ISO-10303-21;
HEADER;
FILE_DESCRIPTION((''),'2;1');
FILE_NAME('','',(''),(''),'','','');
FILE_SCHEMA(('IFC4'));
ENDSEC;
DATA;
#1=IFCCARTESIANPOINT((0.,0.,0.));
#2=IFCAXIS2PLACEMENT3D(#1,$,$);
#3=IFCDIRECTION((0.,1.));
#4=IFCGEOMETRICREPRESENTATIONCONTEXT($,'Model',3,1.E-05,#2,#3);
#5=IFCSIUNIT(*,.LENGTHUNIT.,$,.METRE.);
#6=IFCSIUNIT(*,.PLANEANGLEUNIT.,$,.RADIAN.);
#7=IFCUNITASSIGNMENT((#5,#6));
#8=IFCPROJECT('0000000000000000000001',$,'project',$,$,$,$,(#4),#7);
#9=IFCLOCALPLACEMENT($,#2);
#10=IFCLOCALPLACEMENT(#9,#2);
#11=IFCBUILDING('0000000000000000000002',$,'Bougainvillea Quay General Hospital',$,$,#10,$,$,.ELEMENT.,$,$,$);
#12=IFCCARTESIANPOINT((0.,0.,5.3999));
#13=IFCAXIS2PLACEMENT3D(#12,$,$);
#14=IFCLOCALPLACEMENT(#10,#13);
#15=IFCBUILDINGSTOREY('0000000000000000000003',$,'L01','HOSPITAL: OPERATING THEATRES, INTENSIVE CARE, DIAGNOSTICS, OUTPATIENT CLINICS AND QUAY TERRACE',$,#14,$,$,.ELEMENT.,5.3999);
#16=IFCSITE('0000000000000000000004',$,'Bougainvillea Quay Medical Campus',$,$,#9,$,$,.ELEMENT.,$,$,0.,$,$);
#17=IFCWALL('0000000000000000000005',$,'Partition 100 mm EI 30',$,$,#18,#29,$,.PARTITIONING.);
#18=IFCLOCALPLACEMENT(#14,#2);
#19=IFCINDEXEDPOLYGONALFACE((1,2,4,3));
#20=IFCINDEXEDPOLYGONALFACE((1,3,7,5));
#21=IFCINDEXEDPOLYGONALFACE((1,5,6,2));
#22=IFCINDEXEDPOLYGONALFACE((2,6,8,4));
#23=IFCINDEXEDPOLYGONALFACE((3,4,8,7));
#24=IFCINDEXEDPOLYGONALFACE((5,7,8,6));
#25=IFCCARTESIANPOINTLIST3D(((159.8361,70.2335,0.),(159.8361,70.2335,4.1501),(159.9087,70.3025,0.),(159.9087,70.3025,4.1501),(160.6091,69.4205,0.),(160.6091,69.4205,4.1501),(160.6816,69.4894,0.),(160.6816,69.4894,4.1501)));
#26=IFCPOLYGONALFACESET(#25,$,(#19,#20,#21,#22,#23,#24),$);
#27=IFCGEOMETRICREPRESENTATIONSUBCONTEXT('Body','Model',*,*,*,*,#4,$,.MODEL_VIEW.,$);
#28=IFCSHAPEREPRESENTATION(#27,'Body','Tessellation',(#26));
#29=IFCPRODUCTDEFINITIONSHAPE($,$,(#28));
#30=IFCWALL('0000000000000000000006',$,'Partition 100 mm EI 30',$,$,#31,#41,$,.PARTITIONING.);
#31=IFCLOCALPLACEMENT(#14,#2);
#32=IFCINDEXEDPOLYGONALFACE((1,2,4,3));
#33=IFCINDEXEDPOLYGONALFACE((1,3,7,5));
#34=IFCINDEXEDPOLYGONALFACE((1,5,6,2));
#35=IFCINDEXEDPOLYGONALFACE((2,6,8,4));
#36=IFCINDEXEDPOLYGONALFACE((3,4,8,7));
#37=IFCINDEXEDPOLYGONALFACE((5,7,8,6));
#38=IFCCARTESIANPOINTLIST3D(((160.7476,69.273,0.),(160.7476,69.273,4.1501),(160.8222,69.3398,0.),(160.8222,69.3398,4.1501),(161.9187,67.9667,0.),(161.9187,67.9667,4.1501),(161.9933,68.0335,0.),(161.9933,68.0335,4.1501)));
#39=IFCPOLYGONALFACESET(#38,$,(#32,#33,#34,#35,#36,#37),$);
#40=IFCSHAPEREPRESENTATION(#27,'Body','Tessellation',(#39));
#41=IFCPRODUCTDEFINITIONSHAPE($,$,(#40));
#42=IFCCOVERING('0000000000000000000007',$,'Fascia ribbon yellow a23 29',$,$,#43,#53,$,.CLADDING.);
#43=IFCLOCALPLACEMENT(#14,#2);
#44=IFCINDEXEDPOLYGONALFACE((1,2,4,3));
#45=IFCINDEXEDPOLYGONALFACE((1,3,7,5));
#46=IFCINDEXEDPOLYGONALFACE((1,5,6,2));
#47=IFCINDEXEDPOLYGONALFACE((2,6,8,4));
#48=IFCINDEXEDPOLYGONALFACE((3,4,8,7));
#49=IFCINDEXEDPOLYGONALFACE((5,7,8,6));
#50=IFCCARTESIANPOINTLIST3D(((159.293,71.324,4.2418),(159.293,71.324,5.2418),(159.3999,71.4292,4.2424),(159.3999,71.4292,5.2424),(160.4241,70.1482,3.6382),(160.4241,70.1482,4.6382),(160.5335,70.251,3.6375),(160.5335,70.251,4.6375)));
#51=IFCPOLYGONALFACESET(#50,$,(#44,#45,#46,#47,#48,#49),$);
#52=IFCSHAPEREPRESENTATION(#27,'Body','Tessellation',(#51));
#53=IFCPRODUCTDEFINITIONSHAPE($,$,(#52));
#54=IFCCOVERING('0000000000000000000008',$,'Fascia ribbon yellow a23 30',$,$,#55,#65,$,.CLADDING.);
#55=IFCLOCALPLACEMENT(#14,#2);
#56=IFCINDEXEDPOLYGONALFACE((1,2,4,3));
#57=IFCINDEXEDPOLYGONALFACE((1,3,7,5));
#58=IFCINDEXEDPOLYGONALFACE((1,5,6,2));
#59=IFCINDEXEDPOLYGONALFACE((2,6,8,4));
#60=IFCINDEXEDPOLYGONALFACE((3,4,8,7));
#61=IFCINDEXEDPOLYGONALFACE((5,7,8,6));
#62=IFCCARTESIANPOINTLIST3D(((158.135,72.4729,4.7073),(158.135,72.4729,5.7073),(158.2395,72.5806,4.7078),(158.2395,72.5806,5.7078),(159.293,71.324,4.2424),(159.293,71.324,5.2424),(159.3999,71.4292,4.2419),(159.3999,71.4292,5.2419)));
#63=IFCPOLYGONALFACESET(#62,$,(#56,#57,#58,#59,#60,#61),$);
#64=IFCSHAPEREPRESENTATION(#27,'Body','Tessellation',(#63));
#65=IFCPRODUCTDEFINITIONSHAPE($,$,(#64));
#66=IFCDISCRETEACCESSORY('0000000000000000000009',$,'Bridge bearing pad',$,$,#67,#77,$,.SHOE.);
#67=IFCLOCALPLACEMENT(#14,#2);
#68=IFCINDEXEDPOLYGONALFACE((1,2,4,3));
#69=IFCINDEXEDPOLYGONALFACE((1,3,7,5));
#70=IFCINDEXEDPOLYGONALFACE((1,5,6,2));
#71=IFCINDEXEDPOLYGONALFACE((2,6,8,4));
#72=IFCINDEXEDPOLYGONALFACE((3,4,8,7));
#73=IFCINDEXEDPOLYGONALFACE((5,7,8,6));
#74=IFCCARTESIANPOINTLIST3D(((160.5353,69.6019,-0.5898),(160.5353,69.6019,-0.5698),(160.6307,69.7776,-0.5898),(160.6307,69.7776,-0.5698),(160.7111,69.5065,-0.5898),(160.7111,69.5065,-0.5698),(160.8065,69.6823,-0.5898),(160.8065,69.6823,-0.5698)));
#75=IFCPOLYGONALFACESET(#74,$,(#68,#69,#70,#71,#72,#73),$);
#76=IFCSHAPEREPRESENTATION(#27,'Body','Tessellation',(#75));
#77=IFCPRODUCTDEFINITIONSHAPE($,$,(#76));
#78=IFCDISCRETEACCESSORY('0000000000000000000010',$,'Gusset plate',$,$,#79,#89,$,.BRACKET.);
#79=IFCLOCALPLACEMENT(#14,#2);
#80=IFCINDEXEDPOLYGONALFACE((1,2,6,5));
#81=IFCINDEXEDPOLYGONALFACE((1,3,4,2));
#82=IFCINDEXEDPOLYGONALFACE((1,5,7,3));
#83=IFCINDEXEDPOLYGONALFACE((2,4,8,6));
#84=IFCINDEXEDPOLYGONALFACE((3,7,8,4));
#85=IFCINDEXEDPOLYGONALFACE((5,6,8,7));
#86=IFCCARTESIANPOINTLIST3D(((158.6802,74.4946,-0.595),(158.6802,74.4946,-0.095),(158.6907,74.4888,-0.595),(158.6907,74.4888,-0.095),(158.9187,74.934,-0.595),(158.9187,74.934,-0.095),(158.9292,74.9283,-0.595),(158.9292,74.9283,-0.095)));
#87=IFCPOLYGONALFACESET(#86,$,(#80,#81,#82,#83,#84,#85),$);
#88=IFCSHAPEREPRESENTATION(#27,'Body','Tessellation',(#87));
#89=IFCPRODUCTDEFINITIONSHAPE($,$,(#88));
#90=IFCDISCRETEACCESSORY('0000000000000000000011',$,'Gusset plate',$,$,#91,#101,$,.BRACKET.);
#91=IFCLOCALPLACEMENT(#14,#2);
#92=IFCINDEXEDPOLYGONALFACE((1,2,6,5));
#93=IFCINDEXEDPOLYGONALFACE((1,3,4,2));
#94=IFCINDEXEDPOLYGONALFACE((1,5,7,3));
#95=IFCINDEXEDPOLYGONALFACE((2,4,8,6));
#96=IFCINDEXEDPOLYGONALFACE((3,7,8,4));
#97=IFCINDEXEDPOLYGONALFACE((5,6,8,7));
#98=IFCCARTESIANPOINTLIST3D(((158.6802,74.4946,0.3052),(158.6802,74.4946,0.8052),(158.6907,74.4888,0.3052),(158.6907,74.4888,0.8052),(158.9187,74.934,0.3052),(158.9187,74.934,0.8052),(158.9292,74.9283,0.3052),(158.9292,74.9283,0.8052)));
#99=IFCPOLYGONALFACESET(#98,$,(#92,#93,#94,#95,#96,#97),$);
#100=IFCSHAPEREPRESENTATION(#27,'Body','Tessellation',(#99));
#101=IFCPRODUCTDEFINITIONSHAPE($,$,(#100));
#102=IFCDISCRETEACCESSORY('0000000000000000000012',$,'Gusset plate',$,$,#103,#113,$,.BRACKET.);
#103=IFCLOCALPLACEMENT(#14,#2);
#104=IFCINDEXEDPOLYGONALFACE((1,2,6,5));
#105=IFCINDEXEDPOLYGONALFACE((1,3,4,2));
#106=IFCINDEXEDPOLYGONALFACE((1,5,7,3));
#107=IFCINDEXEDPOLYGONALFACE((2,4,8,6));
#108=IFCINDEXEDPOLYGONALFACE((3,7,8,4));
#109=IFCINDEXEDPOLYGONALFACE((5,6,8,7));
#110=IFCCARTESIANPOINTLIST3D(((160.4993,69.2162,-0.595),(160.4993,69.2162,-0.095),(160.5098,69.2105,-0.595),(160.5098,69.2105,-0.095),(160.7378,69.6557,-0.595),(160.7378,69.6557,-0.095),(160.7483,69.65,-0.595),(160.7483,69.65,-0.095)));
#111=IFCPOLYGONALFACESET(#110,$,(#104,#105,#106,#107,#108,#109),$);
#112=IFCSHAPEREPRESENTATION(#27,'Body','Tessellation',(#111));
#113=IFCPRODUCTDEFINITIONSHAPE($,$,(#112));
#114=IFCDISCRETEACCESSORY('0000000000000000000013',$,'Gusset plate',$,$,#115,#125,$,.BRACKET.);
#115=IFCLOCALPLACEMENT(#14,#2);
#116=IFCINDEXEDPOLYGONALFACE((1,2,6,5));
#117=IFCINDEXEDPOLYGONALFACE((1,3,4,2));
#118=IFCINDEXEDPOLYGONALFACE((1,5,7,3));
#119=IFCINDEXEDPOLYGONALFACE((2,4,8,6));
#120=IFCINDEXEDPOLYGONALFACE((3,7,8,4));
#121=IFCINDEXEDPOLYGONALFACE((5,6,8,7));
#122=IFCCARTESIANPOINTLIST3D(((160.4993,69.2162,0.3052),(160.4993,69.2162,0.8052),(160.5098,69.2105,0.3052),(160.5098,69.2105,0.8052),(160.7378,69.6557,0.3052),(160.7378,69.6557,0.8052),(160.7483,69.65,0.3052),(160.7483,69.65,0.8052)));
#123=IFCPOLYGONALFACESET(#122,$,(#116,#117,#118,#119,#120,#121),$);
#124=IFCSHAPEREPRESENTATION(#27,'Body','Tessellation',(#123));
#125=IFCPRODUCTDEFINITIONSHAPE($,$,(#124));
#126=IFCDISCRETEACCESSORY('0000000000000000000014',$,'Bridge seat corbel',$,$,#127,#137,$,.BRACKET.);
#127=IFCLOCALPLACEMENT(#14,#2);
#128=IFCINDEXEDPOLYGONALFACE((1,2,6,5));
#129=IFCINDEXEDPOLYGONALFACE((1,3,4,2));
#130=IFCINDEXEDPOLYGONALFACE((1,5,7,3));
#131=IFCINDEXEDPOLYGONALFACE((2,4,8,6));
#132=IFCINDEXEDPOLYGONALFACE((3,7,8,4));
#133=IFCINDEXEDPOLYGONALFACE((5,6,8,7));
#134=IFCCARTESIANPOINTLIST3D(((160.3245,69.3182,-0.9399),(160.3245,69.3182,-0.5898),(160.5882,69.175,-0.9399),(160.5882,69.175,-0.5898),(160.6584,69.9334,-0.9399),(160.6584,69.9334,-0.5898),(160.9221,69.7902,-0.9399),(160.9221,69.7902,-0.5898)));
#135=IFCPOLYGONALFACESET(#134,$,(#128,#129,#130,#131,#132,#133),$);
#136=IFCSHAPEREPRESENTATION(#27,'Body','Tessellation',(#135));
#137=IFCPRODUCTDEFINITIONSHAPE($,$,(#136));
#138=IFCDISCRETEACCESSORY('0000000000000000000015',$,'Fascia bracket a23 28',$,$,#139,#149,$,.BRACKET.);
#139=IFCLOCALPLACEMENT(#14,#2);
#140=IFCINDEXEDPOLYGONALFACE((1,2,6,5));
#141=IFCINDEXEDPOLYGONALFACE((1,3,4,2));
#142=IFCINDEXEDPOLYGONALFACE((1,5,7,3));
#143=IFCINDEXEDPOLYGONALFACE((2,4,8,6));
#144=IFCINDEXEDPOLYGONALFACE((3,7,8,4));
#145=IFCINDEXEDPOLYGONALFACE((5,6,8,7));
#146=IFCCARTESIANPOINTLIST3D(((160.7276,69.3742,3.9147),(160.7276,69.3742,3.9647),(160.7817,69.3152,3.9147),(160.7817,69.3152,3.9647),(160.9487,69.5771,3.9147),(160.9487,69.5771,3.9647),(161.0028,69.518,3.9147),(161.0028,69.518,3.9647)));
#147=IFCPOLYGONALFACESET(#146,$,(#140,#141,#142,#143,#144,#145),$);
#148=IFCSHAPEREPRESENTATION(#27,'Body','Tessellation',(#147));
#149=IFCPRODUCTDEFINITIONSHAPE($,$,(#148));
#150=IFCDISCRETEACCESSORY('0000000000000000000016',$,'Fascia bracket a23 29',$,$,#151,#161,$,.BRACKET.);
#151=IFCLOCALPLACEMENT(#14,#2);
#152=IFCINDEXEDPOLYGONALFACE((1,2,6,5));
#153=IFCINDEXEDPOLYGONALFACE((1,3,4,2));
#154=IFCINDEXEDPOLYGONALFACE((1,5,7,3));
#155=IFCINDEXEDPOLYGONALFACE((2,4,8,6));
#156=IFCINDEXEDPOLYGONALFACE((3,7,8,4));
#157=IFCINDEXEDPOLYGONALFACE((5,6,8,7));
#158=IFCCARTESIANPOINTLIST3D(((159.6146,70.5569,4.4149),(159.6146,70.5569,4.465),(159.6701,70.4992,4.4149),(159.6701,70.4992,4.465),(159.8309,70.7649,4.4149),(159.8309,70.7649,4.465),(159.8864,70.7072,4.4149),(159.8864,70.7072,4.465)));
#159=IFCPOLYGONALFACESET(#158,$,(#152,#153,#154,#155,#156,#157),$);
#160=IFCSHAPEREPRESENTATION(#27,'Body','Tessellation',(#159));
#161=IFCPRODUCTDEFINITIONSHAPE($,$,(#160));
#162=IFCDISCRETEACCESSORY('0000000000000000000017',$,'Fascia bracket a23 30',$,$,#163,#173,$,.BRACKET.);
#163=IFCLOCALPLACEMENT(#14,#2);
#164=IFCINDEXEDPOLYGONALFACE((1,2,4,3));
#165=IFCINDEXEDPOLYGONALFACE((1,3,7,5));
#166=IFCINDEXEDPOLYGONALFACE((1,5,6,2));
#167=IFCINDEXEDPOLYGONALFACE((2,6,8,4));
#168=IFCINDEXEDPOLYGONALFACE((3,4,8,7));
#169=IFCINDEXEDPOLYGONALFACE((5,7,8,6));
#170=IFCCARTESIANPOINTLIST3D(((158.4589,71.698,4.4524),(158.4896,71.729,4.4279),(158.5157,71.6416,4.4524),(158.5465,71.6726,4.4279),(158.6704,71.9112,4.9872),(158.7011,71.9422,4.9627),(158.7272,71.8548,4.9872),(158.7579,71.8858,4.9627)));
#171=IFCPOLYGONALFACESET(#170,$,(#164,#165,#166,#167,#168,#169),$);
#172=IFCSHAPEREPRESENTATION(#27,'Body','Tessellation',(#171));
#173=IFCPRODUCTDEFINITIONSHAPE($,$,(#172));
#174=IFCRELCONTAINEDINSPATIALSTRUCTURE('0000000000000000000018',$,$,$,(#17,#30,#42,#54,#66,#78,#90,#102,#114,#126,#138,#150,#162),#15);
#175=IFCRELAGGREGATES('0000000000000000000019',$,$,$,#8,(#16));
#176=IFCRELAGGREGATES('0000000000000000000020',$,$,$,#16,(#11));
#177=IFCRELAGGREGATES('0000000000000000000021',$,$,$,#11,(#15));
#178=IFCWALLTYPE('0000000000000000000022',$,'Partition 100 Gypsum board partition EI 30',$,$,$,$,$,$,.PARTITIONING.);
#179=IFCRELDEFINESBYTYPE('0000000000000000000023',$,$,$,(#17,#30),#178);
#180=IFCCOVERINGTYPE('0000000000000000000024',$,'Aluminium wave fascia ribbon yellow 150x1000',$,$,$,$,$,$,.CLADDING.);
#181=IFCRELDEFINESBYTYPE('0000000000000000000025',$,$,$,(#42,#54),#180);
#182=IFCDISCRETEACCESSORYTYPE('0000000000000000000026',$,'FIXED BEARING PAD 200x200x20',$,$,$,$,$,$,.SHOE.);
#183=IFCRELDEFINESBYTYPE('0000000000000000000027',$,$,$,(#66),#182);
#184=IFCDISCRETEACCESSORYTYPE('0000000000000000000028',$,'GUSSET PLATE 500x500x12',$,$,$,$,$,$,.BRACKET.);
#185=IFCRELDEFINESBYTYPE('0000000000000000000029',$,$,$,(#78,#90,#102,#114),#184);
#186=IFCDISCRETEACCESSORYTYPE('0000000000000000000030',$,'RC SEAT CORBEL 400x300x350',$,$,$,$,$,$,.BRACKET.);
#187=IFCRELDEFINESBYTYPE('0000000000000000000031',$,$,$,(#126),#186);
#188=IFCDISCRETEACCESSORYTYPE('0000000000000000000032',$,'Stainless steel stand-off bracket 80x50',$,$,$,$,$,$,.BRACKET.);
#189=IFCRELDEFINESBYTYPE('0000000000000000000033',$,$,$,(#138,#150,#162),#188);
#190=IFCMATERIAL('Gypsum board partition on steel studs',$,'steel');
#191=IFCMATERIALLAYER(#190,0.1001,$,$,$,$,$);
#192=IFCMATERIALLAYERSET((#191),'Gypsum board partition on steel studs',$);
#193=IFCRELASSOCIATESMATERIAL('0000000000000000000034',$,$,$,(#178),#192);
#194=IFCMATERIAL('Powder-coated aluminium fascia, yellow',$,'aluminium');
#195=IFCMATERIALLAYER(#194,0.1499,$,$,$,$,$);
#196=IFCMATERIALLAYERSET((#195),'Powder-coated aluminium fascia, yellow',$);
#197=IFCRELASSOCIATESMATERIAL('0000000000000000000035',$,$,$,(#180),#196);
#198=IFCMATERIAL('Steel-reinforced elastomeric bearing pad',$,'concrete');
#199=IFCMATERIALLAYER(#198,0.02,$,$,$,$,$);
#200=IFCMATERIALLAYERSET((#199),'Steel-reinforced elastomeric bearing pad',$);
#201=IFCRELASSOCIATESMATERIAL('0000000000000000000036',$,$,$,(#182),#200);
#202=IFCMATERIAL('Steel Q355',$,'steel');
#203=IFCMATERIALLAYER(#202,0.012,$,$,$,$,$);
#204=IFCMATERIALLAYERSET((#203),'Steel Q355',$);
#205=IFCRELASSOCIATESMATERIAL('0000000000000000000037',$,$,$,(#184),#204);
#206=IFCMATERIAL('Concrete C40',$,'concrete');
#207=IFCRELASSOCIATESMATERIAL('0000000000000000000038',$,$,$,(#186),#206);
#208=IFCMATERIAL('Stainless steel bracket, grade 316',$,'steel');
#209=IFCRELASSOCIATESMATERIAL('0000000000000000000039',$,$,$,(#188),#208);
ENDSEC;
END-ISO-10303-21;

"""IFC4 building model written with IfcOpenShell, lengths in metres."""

from ifc_helpers import new_model, si_unit, direction, frame, frame_2d, origin, origin_2d, place, context, subcontext, project, spatial, polyline, rectangle, outline, extrude, material, layer, layer_set, material_profile, profile_set, type_object, element, save


model = new_model("IFC4")

# Units and contexts
model_context = context("Model", 3, precision=1e-05, world=origin(), true_north=direction((0.0, 1.0)))
body_context = subcontext(model_context, "Body", "Model", "MODEL_VIEW")
ifc_project = project(units=[si_unit("LENGTHUNIT", "METRE"), si_unit("PLANEANGLEUNIT", "RADIAN")], contexts=[model_context])

# Site, building, storey
site_placement = place(None, origin())
site = spatial("IfcSite", under=ifc_project, at=site_placement, Name="Bougainvillea Quay Medical Campus", CompositionType="ELEMENT", RefElevation=0.0)
building_placement = place(site_placement, origin())
building = spatial("IfcBuilding", under=site, at=building_placement, Name="Bougainvillea Quay General Hospital", CompositionType="ELEMENT")
storey_placement = place(building_placement, frame((0.0, 0.0, 5.3999)))
storey = spatial("IfcBuildingStorey", under=building, at=storey_placement, Name="L01", Description="HOSPITAL: OPERATING THEATRES, INTENSIVE CARE, DIAGNOSTICS, OUTPATIENT CLINICS AND QUAY TERRACE", CompositionType="ELEMENT", Elevation=5.3999)

# Shared definitions
ifc_material_1 = material(Name="Steel Q355", Category="steel")

# Shared definitions
ifc_material_2 = material(Name="Concrete C40", Category="concrete")

# Walls
ifc_material_3 = material(Name="Gypsum board partition on steel studs", Category="steel")
ifc_layer_1 = layer(ifc_material_3, 0.1001)
ifc_layer_set_1 = layer_set([ifc_layer_1], Name="Gypsum board partition on steel studs")
wall_type = type_object("IfcWallType", Name="Partition 100 Gypsum board partition EI 30", PredefinedType="PARTITIONING", material=ifc_layer_set_1)
wall_1_placement = place(storey_placement, frame((159.8723, 70.2681, 0.0), z_axis=(0.0, 0.0, 1.0), x_axis=(0.689035, -0.724728, 0.0)))
element("IfcWall", 1, at=wall_1_placement, inside=storey, type_object=wall_type, Name="Partition 100 mm EI 30", PredefinedType="PARTITIONING", context=body_context, shape_type="SweptSolid", body=[
    extrude(rectangle(XDim=1.1218, YDim=0.1001, at=frame_2d((0.561, 0.0))), origin(), (0.0, 0.0, 1.0), 4.1501),
])
wall_2_placement = place(storey_placement, frame((160.7849, 69.3064, 0.0), z_axis=(0.0, 0.0, 1.0), x_axis=(0.66751, -0.7446, 0.0)))
element("IfcWall", 2, at=wall_2_placement, inside=storey, type_object=wall_type, Name="Partition 100 mm EI 30", PredefinedType="PARTITIONING", context=body_context, shape_type="SweptSolid", body=[
    extrude(rectangle(XDim=1.7544, YDim=0.1001, at=frame_2d((0.8772, 0.0))), origin(), (0.0, 0.0, 1.0), 4.1501),
])

# Coverings
ifc_material_4 = material(Name="Powder-coated aluminium fascia, yellow", Category="aluminium")
ifc_layer_2 = layer(ifc_material_4, 0.1499)
ifc_layer_set_2 = layer_set([ifc_layer_2], Name="Powder-coated aluminium fascia, yellow")
covering_type = type_object("IfcCoveringType", Name="Aluminium wave fascia ribbon yellow 150x1000", PredefinedType="CLADDING", material=ifc_layer_set_2)
covering_1_placement = place(storey_placement, frame((160.4241, 70.1482, 3.6382), z_axis=(0.240508, -0.250105, 0.937872), x_axis=(-0.65021, 0.675893, 0.346982)))
element("IfcCovering", 3, at=covering_1_placement, inside=storey, type_object=covering_type, Name="Fascia ribbon yellow a23 29", PredefinedType="CLADDING", context=body_context, shape_type="SweptSolid", body=[
    extrude(outline(polyline([(0.0, 0.0), (1.7396, 0.0), (1.7414, -0.15), (-0.0019, -0.1501), (0.0, 0.0)])), origin(), (0.346982, -0.000064, 0.937872), 1.0),
])
covering_2_placement = place(storey_placement, frame((159.293, 71.324, 4.2424), z_axis=(0.194453, -0.193115, 0.961714), x_axis=(-0.682692, 0.677367, 0.274054)))
element("IfcCovering", 4, at=covering_2_placement, inside=storey, type_object=covering_type, Name="Fascia ribbon yellow a23 30", PredefinedType="CLADDING", context=body_context, shape_type="SweptSolid", body=[
    extrude(outline(polyline([(0.0, 0.0), (1.6962, 0.0), (1.6979, -0.15), (-0.0019, -0.15), (0.0, 0.0)])), origin(), (0.274054, -0.000122, 0.961714), 1.0),
])

# Discrete accessories
ifc_material_5 = material(Name="Steel-reinforced elastomeric bearing pad", Category="concrete")
ifc_layer_3 = layer(ifc_material_5, 0.02)
ifc_layer_set_3 = layer_set([ifc_layer_3], Name="Steel-reinforced elastomeric bearing pad")
discrete_accessory_type_1 = type_object("IfcDiscreteAccessoryType", Name="FIXED BEARING PAD 200x200x20", PredefinedType="SHOE", material=ifc_layer_set_3)
discrete_accessory_1_placement = place(storey_placement, frame((160.6709, 69.6421, -0.5898), z_axis=(0.0, 0.0, 1.0), x_axis=(0.477018, 0.878894, 0.0)))
element("IfcDiscreteAccessory", 5, at=discrete_accessory_1_placement, inside=storey, type_object=discrete_accessory_type_1, Name="Bridge bearing pad", PredefinedType="SHOE", context=body_context, shape_type="SweptSolid", body=[
    extrude(rectangle(XDim=0.2, YDim=0.2, at=origin_2d()), origin(), (0.0, 0.0, 1.0), 0.02),
])
ifc_layer_4 = layer(ifc_material_1, 0.012)
ifc_layer_set_4 = layer_set([ifc_layer_4], Name="Steel Q355")
discrete_accessory_type_2 = type_object("IfcDiscreteAccessoryType", Name="GUSSET PLATE 500x500x12", PredefinedType="BRACKET", material=ifc_layer_set_4)
for number, where, z_axis, x_axis, name in (
    (6, (158.8047, 74.7114, -0.595), (0.0, 0.0, 1.0), (0.477018, 0.878894, 0.0), "Gusset plate"),
    (7, (158.8047, 74.7114, 0.3052), (0.0, 0.0, 1.0), (0.477018, 0.878894, 0.0), "Gusset plate"),
    (8, (160.6238, 69.4331, -0.595), (0.0, 0.0, 1.0), (0.477018, 0.878894, 0.0), "Gusset plate"),
    (9, (160.6238, 69.4331, 0.3052), (0.0, 0.0, 1.0), (0.477018, 0.878894, 0.0), "Gusset plate"),
):
    element("IfcDiscreteAccessory", number, at=place(storey_placement, frame(where, z_axis=z_axis, x_axis=x_axis)), inside=storey, type_object=discrete_accessory_type_2, Name=name, PredefinedType="BRACKET", context=body_context, shape_type="SweptSolid", body=[
        extrude(rectangle(XDim=0.5, YDim=0.012, at=origin_2d()), origin(), (0.0, 0.0, 1.0), 0.5),
    ])
discrete_accessory_type_3 = type_object("IfcDiscreteAccessoryType", Name="RC SEAT CORBEL 400x300x350", PredefinedType="BRACKET", material=ifc_material_2)
discrete_accessory_2_placement = place(storey_placement, frame((160.6233, 69.5542, -0.9399), z_axis=(0.0, 0.0, 1.0), x_axis=(0.477018, 0.878894, 0.0)))
element("IfcDiscreteAccessory", 10, at=discrete_accessory_2_placement, inside=storey, type_object=discrete_accessory_type_3, Name="Bridge seat corbel", PredefinedType="BRACKET", context=body_context, shape_type="SweptSolid", body=[
    extrude(rectangle(XDim=0.7, YDim=0.3, at=origin_2d()), origin(), (0.0, 0.0, 1.0), 0.3501),
])
ifc_material_6 = material(Name="Stainless steel bracket, grade 316", Category="steel")
ifc_material_profile_1 = material_profile(ifc_material_6, rectangle(XDim=0.0801, YDim=0.05, at=origin_2d()))
ifc_profile_set_1 = profile_set([ifc_material_profile_1], Name="Stainless steel bracket, grade 316")
discrete_accessory_type_4 = type_object("IfcDiscreteAccessoryType", Name="Stainless steel stand-off bracket 80x50", PredefinedType="BRACKET", material=ifc_profile_set_1)
for number, where, z_axis, x_axis, name in (
    (11, (160.7546, 69.3447, 3.9397), (0.736952, 0.675946, 0.0), (-0.675946, 0.736952, 0.0), "Fascia bracket a23 28"),
    (12, (159.6423, 70.5281, 4.4399), (0.720802, 0.693141, 0.0), (-0.693141, 0.720802, 0.0), "Fascia bracket a23 29"),
):
    element("IfcDiscreteAccessory", number, at=place(storey_placement, frame(where, z_axis=z_axis, x_axis=x_axis)), inside=storey, type_object=discrete_accessory_type_4, Name=name, PredefinedType="BRACKET", context=body_context, shape_type="SweptSolid", body=[
        extrude(rectangle(XDim=0.0801, YDim=0.05, at=origin_2d()), origin(), (0.0, 0.0, 1.0), 0.3),
    ])
discrete_accessory_3_placement = place(storey_placement, frame((158.5027, 71.6853, 4.4402), z_axis=(0.344799, 0.347586, 0.871951), x_axis=(-0.709947, 0.704255, 0.0)))
element("IfcDiscreteAccessory", 13, at=discrete_accessory_3_placement, inside=storey, type_object=discrete_accessory_type_4, Name="Fascia bracket a23 30", PredefinedType="BRACKET", context=body_context, shape_type="SweptSolid", body=[
    extrude(rectangle(XDim=0.0801, YDim=0.05, at=origin_2d()), origin(), (0.0, 0.0, 1.0), 0.6133),
])

save(model, "model.ifc")
